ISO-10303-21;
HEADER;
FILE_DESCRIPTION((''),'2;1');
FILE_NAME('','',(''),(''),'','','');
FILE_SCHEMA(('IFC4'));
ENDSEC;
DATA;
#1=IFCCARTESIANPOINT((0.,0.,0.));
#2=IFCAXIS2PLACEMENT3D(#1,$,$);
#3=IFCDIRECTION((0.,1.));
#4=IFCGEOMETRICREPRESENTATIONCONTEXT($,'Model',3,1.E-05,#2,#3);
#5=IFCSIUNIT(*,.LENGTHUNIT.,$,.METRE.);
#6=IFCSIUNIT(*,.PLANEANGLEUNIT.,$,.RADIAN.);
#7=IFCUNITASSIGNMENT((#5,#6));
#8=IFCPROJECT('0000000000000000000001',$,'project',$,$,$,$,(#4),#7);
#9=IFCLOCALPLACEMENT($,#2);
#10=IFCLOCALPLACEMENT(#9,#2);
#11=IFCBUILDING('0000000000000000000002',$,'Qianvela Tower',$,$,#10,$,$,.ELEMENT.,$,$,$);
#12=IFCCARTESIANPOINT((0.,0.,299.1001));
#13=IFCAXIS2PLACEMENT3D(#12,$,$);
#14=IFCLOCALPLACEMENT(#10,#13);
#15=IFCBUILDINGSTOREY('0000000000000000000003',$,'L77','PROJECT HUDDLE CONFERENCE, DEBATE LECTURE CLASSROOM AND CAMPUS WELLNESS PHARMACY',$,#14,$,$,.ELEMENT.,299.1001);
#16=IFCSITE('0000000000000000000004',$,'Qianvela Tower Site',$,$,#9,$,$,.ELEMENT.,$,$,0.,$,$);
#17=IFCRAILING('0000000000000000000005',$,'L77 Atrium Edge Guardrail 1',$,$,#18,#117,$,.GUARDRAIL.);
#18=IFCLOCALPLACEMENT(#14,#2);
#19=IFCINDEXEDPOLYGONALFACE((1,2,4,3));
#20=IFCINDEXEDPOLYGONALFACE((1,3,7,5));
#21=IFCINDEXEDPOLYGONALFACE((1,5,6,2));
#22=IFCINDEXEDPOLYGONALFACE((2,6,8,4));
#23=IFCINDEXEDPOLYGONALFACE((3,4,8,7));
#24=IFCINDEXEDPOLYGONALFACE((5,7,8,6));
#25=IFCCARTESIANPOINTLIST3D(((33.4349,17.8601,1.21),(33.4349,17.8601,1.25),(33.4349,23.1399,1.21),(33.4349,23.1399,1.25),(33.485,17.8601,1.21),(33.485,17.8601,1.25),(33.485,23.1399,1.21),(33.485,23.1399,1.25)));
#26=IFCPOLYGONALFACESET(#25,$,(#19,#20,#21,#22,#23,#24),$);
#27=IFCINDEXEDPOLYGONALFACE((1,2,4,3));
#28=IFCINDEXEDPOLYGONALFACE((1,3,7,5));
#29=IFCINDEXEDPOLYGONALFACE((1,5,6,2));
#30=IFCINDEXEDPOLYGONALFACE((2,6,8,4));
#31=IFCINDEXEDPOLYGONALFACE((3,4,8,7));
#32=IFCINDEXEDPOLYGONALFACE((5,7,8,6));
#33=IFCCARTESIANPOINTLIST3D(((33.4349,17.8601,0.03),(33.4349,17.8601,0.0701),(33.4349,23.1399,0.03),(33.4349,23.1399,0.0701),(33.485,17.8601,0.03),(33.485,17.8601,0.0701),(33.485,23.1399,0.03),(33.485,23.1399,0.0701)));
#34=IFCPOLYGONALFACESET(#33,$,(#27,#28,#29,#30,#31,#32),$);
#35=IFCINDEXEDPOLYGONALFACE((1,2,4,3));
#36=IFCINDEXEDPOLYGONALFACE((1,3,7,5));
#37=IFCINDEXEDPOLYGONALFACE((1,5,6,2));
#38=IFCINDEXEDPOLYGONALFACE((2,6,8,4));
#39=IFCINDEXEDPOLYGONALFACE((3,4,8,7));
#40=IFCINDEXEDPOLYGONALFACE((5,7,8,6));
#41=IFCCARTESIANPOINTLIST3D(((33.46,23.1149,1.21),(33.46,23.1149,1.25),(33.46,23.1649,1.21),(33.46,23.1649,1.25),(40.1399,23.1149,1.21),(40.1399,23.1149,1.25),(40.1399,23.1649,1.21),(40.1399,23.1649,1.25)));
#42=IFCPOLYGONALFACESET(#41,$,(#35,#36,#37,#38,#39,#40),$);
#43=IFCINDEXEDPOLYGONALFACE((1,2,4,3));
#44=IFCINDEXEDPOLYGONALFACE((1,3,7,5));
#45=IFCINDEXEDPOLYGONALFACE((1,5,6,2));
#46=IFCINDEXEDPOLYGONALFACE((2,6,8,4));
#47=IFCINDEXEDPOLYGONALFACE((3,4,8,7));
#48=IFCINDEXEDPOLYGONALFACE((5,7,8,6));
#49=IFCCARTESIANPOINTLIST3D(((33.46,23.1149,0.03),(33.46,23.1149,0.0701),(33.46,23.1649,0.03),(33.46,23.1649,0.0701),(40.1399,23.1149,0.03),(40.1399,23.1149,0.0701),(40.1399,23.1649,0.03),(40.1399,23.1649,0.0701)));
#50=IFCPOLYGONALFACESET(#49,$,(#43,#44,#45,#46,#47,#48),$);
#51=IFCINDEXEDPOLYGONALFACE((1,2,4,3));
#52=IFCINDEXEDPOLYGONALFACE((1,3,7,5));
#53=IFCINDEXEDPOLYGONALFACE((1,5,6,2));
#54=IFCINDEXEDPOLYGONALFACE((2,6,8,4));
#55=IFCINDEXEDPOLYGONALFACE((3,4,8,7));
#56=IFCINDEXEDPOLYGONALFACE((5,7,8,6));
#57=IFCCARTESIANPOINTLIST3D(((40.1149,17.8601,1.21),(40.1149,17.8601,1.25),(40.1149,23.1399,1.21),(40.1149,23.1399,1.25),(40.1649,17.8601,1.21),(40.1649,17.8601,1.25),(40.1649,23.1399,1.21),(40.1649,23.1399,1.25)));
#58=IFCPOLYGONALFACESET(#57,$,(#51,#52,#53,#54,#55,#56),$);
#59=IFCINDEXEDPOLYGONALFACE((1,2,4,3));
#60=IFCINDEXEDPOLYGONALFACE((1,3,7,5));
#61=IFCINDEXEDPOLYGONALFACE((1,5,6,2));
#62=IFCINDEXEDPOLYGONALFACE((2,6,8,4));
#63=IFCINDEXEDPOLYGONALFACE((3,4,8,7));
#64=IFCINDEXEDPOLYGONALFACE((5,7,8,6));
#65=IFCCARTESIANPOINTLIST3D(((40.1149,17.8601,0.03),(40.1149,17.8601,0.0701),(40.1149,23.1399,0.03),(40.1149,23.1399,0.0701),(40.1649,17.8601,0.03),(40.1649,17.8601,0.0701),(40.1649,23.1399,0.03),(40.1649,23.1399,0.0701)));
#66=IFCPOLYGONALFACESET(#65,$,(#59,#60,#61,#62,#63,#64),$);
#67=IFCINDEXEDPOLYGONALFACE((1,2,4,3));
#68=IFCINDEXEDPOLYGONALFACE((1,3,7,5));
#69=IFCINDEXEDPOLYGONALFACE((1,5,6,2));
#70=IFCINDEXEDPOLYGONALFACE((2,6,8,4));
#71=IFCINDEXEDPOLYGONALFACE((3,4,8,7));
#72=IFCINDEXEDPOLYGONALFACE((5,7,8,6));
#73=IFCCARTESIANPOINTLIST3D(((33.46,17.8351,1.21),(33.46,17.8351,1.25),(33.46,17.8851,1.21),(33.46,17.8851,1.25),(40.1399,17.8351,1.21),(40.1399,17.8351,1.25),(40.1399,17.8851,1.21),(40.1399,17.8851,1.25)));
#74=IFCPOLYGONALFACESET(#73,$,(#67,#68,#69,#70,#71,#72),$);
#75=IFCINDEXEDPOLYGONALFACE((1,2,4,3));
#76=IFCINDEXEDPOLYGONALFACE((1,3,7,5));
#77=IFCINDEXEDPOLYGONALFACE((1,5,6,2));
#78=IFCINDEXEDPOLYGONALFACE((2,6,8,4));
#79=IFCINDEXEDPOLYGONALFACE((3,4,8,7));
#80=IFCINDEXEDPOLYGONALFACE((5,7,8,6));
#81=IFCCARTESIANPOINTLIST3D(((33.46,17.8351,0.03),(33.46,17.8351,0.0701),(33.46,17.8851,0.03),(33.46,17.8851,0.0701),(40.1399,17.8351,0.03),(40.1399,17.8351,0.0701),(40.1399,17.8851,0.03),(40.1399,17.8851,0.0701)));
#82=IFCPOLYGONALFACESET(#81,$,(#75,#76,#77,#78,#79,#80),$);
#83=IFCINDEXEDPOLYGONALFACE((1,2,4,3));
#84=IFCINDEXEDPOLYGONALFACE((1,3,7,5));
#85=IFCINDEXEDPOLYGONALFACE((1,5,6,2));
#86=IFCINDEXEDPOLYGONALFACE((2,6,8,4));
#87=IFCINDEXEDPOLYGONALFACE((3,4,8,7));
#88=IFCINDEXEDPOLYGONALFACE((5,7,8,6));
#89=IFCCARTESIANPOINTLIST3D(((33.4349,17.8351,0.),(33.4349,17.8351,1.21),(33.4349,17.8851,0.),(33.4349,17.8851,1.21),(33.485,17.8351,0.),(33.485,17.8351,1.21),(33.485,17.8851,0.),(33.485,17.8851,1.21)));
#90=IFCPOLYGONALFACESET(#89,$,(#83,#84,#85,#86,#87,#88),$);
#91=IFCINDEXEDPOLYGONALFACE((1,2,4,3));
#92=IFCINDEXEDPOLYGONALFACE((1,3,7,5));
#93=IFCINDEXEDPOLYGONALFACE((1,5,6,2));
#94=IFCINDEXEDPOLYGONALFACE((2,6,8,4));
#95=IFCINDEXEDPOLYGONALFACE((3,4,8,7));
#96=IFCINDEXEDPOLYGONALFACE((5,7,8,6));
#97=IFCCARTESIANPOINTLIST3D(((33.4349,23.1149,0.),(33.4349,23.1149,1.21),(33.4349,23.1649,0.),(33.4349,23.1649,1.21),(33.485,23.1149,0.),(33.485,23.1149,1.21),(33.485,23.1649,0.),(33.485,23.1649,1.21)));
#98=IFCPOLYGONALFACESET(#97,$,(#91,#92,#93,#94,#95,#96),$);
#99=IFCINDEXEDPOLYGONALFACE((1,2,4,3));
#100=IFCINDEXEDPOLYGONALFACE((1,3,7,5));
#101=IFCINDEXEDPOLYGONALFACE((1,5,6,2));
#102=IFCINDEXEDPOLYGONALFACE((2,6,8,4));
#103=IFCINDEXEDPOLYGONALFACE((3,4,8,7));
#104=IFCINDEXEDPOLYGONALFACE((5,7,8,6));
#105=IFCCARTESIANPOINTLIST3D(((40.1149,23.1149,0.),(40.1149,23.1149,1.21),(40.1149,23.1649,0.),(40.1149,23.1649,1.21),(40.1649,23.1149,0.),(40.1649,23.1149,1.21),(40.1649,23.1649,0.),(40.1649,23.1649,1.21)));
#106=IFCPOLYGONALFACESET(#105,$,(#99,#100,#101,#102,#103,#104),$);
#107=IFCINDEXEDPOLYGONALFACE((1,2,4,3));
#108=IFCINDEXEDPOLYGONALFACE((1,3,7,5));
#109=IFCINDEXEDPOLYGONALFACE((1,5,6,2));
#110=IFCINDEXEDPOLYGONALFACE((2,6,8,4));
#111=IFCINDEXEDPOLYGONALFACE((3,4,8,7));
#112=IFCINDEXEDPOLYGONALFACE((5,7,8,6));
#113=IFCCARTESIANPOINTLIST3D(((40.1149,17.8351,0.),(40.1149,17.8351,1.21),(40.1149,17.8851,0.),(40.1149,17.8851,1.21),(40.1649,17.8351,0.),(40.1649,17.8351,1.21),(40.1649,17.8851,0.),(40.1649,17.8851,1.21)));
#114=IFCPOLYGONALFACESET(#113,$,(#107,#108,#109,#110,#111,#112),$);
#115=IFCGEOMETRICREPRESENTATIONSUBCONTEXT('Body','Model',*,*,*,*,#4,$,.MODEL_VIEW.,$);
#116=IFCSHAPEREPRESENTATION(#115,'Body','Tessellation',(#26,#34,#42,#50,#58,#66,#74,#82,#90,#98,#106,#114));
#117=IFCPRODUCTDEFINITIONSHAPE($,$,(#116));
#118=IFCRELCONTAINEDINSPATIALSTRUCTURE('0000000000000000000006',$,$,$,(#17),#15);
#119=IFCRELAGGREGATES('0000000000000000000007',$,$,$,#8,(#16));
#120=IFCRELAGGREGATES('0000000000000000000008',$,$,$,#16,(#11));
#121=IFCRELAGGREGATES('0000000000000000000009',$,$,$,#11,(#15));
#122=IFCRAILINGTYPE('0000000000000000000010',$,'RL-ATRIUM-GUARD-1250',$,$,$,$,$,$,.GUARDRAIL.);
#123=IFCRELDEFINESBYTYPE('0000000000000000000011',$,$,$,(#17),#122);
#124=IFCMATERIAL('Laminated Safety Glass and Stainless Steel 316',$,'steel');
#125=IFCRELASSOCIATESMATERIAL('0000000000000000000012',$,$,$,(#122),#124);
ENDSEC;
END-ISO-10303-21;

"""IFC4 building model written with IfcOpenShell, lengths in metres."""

from ifc_helpers import new_model, si_unit, direction, frame, origin, origin_2d, place, context, subcontext, project, spatial, rectangle, extrude, material, type_object, element, save


model = new_model("IFC4")

# Units and contexts
model_context = context("Model", 3, precision=1e-05, world=origin(), true_north=direction((0.0, 1.0)))
body_context = subcontext(model_context, "Body", "Model", "MODEL_VIEW")
ifc_project = project(units=[si_unit("LENGTHUNIT", "METRE"), si_unit("PLANEANGLEUNIT", "RADIAN")], contexts=[model_context])

# Site, building, storey
site_placement = place(None, origin())
site = spatial("IfcSite", under=ifc_project, at=site_placement, Name="Qianvela Tower Site", CompositionType="ELEMENT", RefElevation=0.0)
building_placement = place(site_placement, origin())
building = spatial("IfcBuilding", under=site, at=building_placement, Name="Qianvela Tower", CompositionType="ELEMENT")
storey_placement = place(building_placement, frame((0.0, 0.0, 299.1001)))
storey = spatial("IfcBuildingStorey", under=building, at=storey_placement, Name="L77", Description="PROJECT HUDDLE CONFERENCE, DEBATE LECTURE CLASSROOM AND CAMPUS WELLNESS PHARMACY", CompositionType="ELEMENT", Elevation=299.1001)

# Railing
ifc_material_1 = material(Name="Laminated Safety Glass and Stainless Steel 316", Category="steel")
railing_type = type_object("IfcRailingType", Name="RL-ATRIUM-GUARD-1250", PredefinedType="GUARDRAIL", material=ifc_material_1)
railing_placement = place(storey_placement, frame((33.46, 17.8601, 0.0)))
element("IfcRailing", 1, at=railing_placement, inside=storey, type_object=railing_type, Name="L77 Atrium Edge Guardrail 1", PredefinedType="GUARDRAIL", context=body_context, shape_type="SweptSolid", body=[
    extrude(rectangle(XDim=0.05, YDim=0.04, at=origin_2d()), frame((0.0, 0.0, 1.23), z_axis=(0.0, 1.0, 0.0), x_axis=(-1.0, 0.0, 0.0)), (0.0, 0.0, 1.0), 5.2798),
    extrude(rectangle(XDim=0.05, YDim=0.04, at=origin_2d()), frame((0.0, 0.0, 0.05), z_axis=(0.0, 1.0, 0.0), x_axis=(-1.0, 0.0, 0.0)), (0.0, 0.0, 1.0), 5.2798),
    extrude(rectangle(XDim=0.05, YDim=0.04, at=origin_2d()), frame((0.0, 5.2798, 1.23), z_axis=(1.0, 0.0, 0.0), x_axis=(0.0, 1.0, 0.0)), (0.0, 0.0, 1.0), 6.6799),
    extrude(rectangle(XDim=0.05, YDim=0.04, at=origin_2d()), frame((0.0, 5.2798, 0.05), z_axis=(1.0, 0.0, 0.0), x_axis=(0.0, 1.0, 0.0)), (0.0, 0.0, 1.0), 6.6799),
    extrude(rectangle(XDim=0.05, YDim=0.04, at=origin_2d()), frame((6.6799, 5.2798, 1.23), z_axis=(0.0, -1.0, 0.0), x_axis=(1.0, 0.0, 0.0)), (0.0, 0.0, 1.0), 5.2798),
    extrude(rectangle(XDim=0.05, YDim=0.04, at=origin_2d()), frame((6.6799, 5.2798, 0.05), z_axis=(0.0, -1.0, 0.0), x_axis=(1.0, 0.0, 0.0)), (0.0, 0.0, 1.0), 5.2798),
    extrude(rectangle(XDim=0.05, YDim=0.04, at=origin_2d()), frame((6.6799, 0.0, 1.23), z_axis=(-1.0, 0.0, 0.0), x_axis=(0.0, -1.0, 0.0)), (0.0, 0.0, 1.0), 6.6799),
    extrude(rectangle(XDim=0.05, YDim=0.04, at=origin_2d()), frame((6.6799, 0.0, 0.05), z_axis=(-1.0, 0.0, 0.0), x_axis=(0.0, -1.0, 0.0)), (0.0, 0.0, 1.0), 6.6799),
    extrude(rectangle(XDim=0.05, YDim=0.05, at=origin_2d()), origin(), (0.0, 0.0, 1.0), 1.21),
    extrude(rectangle(XDim=0.05, YDim=0.05, at=origin_2d()), frame((0.0, 5.2798, 0.0)), (0.0, 0.0, 1.0), 1.21),
    extrude(rectangle(XDim=0.05, YDim=0.05, at=origin_2d()), frame((6.6799, 5.2798, 0.0)), (0.0, 0.0, 1.0), 1.21),
    extrude(rectangle(XDim=0.05, YDim=0.05, at=origin_2d()), frame((6.6799, 0.0, 0.0)), (0.0, 0.0, 1.0), 1.21),
])

save(model, "model.ifc")
